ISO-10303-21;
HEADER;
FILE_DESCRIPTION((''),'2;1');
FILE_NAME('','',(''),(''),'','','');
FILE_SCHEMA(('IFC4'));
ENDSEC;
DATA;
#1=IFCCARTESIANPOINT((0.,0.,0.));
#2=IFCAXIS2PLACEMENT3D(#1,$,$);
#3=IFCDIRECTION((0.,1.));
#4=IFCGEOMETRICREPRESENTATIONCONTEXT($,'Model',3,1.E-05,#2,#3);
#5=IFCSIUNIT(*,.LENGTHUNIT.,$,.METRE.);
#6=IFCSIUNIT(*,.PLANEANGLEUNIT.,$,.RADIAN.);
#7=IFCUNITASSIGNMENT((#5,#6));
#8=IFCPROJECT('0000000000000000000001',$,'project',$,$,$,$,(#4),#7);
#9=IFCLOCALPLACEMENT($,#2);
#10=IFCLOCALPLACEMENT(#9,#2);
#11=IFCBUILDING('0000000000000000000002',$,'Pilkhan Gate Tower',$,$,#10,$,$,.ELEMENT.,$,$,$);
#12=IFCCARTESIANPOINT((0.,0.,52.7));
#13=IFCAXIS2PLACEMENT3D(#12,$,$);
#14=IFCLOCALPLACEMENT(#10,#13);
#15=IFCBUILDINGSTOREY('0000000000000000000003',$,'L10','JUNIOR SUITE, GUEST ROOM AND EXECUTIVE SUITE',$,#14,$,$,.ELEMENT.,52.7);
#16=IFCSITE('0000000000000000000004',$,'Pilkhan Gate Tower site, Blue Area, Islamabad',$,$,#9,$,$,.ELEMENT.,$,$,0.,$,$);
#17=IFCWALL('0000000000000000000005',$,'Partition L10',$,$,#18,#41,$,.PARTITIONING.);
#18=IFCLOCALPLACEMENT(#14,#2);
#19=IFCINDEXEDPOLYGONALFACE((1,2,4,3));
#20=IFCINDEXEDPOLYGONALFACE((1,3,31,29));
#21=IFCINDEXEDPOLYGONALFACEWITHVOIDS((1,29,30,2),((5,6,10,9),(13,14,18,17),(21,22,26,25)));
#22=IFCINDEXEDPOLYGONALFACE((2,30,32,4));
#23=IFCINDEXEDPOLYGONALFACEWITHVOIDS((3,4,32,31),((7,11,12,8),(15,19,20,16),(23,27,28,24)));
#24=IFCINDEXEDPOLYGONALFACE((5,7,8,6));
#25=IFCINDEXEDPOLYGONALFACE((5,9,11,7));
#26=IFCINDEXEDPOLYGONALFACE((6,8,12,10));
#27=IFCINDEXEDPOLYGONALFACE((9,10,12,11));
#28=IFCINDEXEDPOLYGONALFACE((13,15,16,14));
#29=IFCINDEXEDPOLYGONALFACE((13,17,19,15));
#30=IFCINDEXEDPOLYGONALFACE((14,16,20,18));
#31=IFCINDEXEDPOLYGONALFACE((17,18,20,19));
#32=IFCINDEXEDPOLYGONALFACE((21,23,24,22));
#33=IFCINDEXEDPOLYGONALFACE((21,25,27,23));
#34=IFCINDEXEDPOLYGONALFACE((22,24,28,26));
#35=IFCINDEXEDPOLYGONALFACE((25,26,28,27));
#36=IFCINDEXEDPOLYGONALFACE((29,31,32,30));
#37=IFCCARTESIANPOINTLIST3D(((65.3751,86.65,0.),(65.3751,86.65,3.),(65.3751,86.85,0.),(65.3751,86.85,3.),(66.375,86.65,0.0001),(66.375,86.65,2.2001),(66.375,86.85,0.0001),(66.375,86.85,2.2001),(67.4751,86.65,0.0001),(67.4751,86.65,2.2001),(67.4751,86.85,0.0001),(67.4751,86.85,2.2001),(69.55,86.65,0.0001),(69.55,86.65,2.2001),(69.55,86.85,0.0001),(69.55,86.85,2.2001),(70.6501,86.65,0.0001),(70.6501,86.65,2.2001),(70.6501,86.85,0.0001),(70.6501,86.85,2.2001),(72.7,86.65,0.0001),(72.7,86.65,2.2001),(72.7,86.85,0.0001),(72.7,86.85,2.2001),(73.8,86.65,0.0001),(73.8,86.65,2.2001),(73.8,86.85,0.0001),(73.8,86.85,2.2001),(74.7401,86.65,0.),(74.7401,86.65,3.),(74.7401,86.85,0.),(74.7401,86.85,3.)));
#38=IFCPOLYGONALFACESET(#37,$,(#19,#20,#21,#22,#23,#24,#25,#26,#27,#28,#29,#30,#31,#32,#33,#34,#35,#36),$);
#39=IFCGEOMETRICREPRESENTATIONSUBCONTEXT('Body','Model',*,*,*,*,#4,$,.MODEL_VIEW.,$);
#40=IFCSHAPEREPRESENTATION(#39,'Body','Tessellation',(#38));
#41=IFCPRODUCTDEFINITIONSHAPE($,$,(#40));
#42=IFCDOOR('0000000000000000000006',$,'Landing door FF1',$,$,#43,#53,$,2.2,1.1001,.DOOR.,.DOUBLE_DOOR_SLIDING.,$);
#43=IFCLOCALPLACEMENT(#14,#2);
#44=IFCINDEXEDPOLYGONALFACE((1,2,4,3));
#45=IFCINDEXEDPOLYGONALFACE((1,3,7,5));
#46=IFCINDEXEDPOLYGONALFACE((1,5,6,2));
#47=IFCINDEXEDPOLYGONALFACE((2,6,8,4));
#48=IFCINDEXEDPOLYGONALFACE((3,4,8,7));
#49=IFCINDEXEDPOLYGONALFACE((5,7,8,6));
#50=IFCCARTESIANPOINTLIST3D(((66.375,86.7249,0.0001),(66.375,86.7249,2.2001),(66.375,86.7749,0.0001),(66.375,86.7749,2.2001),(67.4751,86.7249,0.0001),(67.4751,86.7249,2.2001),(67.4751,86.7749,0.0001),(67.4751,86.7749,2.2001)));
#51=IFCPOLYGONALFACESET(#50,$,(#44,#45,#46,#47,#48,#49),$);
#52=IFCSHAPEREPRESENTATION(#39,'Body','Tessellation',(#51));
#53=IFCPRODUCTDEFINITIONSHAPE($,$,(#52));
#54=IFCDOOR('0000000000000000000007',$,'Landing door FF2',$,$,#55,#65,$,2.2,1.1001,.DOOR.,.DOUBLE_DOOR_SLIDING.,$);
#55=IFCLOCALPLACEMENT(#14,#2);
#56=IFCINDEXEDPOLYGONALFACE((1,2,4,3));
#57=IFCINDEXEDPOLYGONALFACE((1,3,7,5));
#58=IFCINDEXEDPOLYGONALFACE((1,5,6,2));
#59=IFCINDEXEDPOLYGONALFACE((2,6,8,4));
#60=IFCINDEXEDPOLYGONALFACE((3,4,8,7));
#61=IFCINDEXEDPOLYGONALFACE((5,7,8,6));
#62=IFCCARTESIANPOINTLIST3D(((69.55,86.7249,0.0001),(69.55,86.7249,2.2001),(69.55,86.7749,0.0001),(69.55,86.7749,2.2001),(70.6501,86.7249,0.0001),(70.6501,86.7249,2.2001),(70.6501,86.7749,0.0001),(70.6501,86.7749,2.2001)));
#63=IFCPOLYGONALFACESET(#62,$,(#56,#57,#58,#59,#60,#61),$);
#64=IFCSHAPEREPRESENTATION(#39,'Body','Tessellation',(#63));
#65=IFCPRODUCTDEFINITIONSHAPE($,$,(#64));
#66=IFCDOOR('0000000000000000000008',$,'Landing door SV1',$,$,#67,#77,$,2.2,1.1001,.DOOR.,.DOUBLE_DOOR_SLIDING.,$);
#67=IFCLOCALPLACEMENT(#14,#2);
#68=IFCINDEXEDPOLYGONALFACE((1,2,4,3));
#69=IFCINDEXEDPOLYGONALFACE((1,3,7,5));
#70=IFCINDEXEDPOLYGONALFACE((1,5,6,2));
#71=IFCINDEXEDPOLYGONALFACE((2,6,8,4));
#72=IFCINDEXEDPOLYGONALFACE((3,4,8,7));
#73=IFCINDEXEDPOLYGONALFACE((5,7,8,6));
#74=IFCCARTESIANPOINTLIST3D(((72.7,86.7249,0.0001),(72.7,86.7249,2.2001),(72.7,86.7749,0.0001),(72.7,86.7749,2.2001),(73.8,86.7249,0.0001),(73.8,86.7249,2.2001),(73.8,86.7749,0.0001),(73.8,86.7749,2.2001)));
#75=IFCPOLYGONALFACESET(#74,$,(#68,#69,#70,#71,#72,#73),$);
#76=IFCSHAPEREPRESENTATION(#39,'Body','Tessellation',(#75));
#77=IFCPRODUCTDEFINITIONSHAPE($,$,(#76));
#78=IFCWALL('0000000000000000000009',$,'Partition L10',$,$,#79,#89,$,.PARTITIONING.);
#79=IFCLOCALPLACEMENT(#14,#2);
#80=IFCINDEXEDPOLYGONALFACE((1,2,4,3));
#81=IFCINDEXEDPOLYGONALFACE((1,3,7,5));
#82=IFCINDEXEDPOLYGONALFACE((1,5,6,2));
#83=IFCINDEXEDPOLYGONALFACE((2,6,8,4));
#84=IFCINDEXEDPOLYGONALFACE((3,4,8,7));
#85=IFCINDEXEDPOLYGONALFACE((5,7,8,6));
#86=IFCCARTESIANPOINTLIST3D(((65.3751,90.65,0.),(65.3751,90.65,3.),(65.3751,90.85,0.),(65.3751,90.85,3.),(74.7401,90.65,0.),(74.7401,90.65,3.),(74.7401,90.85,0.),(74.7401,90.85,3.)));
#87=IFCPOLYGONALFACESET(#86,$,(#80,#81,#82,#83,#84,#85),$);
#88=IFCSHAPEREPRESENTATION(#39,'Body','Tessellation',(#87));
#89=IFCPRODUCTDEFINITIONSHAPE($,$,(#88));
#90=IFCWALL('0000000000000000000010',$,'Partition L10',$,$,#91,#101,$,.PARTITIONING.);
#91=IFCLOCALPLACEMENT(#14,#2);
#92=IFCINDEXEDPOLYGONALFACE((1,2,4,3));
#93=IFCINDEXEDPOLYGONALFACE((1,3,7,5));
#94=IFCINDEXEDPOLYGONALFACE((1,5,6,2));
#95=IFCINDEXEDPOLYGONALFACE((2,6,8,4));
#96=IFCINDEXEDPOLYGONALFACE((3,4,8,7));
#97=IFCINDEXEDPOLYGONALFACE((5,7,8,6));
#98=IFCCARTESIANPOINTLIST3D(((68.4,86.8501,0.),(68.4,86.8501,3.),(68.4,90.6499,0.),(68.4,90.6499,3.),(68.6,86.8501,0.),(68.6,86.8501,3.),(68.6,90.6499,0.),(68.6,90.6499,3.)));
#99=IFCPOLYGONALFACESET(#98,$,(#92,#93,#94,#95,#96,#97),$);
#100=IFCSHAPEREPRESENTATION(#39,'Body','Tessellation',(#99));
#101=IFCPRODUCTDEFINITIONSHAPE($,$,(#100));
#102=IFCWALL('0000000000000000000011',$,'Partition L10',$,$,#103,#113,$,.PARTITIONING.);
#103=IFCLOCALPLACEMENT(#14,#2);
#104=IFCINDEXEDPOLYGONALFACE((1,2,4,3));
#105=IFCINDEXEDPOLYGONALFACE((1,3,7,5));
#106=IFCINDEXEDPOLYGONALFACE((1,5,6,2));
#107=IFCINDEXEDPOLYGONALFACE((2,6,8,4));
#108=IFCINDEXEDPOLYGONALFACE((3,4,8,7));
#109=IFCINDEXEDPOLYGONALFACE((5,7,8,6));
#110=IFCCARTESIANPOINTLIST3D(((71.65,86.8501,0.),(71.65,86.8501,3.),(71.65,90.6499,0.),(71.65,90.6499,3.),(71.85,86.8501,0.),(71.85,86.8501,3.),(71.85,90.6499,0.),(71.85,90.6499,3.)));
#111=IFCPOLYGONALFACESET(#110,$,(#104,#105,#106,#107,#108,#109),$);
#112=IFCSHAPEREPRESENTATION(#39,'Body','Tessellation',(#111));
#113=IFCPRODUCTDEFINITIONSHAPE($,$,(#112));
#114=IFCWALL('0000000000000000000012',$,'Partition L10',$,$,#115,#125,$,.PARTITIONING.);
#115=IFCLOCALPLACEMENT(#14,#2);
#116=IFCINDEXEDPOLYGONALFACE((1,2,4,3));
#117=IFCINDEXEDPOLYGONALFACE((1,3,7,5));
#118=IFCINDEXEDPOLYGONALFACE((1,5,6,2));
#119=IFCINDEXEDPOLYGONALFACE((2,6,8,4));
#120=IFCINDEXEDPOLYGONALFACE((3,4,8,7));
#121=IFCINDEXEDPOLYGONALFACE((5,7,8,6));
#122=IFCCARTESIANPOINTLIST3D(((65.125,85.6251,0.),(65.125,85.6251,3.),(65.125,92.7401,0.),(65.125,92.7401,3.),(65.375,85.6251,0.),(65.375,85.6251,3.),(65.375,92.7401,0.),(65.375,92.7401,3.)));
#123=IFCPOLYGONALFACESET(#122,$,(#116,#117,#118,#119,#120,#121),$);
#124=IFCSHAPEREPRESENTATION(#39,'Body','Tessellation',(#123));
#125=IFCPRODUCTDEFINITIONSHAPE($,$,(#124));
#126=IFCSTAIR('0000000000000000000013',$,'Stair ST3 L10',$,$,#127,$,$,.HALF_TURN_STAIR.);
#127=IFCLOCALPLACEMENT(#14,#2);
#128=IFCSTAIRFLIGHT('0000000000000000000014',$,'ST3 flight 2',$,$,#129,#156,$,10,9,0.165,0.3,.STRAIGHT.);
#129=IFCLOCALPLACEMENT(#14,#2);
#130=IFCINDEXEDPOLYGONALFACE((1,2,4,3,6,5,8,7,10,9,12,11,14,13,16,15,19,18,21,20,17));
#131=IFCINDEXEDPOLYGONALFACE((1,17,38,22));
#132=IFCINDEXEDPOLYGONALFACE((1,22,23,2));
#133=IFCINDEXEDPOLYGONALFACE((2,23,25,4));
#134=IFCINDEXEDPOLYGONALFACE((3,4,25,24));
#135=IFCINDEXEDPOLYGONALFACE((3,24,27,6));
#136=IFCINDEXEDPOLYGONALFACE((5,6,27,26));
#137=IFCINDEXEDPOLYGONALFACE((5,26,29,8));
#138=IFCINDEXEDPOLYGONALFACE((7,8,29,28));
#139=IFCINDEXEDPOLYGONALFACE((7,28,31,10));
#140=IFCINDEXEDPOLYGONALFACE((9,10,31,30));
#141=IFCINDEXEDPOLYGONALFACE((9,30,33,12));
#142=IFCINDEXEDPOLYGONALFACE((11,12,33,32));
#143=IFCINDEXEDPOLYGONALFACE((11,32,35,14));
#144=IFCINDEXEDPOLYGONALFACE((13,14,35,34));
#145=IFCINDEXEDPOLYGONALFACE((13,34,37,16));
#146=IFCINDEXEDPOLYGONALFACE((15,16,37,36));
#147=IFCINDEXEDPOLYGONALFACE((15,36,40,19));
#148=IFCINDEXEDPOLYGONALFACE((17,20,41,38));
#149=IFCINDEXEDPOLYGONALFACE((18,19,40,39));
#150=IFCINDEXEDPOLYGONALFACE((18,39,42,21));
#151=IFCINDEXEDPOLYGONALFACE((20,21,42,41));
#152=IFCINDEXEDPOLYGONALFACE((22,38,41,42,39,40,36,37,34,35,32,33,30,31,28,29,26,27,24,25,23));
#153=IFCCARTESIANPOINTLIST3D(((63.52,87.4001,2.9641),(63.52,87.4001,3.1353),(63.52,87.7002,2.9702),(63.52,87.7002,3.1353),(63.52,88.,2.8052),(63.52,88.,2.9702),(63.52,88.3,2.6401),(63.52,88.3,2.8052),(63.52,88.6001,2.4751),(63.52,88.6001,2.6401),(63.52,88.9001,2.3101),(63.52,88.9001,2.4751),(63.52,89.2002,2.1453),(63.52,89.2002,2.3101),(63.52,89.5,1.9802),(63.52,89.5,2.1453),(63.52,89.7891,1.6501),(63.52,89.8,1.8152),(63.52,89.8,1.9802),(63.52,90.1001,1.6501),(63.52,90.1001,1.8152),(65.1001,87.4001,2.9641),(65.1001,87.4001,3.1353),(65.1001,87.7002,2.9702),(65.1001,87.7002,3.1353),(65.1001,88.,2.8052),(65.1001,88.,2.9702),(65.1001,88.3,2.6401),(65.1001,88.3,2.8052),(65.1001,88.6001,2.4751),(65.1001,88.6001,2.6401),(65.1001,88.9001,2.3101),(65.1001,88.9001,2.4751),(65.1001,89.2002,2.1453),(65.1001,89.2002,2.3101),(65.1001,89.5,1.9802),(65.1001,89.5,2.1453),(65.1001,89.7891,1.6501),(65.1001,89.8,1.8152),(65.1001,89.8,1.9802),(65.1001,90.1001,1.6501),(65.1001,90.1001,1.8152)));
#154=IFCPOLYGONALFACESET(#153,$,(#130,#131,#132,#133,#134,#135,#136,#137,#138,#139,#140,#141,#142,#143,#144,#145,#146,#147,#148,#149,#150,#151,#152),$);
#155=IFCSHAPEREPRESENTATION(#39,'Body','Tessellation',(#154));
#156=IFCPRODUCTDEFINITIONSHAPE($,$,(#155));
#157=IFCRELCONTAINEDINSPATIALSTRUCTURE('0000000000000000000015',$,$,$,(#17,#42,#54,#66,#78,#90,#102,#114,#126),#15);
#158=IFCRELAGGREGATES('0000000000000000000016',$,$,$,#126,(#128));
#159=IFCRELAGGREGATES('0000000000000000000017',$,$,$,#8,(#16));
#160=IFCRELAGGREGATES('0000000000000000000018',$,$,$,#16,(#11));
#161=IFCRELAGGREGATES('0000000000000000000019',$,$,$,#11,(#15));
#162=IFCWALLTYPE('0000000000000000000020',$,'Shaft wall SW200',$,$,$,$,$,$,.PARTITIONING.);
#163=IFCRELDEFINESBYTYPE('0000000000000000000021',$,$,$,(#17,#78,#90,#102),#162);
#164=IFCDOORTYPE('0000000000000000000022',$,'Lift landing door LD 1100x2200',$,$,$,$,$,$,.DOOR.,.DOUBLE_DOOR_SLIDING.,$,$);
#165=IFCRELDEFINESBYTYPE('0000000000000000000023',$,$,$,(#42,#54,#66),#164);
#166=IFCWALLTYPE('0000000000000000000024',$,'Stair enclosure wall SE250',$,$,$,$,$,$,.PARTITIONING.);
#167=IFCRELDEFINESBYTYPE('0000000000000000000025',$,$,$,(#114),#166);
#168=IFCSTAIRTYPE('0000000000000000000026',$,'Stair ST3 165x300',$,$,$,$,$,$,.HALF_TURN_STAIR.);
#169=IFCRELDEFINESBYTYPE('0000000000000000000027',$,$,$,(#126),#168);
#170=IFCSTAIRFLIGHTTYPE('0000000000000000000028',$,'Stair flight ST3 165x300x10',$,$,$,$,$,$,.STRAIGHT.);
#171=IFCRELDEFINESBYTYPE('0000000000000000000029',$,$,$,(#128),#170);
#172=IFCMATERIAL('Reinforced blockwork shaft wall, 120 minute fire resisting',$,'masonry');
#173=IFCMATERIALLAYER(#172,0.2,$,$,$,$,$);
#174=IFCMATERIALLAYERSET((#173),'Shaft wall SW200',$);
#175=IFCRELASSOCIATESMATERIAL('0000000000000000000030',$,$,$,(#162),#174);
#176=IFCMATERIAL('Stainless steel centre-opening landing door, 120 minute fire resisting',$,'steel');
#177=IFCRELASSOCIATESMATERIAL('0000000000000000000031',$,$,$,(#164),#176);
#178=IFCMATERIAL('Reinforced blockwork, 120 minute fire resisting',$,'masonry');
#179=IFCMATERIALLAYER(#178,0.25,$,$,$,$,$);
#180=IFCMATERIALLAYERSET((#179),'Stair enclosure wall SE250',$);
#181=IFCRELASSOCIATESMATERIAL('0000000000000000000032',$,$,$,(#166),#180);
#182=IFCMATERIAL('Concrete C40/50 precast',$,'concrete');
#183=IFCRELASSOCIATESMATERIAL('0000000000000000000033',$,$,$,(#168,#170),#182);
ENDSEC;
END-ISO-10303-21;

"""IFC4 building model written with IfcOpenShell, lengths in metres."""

from ifc_helpers import new_model, si_unit, direction, frame, frame_2d, origin, place, context, subcontext, project, spatial, polyline, rectangle, outline, extrude, material, layer, layer_set, type_object, element, fill, aggregate, save


model = new_model("IFC4")

# Units and contexts
model_context = context("Model", 3, precision=1e-05, world=origin(), true_north=direction((0.0, 1.0)))
body_context = subcontext(model_context, "Body", "Model", "MODEL_VIEW")
ifc_project = project(units=[si_unit("LENGTHUNIT", "METRE"), si_unit("PLANEANGLEUNIT", "RADIAN")], contexts=[model_context])

# Site, building, storey
site_placement = place(None, origin())
site = spatial("IfcSite", under=ifc_project, at=site_placement, Name="Pilkhan Gate Tower site, Blue Area, Islamabad", CompositionType="ELEMENT", RefElevation=0.0)
building_placement = place(site_placement, origin())
building = spatial("IfcBuilding", under=site, at=building_placement, Name="Pilkhan Gate Tower", CompositionType="ELEMENT")
storey_placement = place(building_placement, frame((0.0, 0.0, 52.7)))
storey = spatial("IfcBuildingStorey", under=building, at=storey_placement, Name="L10", Description="JUNIOR SUITE, GUEST ROOM AND EXECUTIVE SUITE", CompositionType="ELEMENT", Elevation=52.7)

# Wall, openings, doors
ifc_material_1 = material(Name="Reinforced blockwork shaft wall, 120 minute fire resisting", Category="masonry")
ifc_layer_1 = layer(ifc_material_1, 0.2)
ifc_layer_set_1 = layer_set([ifc_layer_1], Name="Shaft wall SW200")
wall_type_1 = type_object("IfcWallType", Name="Shaft wall SW200", PredefinedType="PARTITIONING", material=ifc_layer_set_1)
wall_1_placement = place(storey_placement, frame((65.375, 86.75, 0.0), z_axis=(0.0, 0.0, 1.0), x_axis=(1.0, 0.0, 0.0)))
wall_1 = element("IfcWall", 1, at=wall_1_placement, inside=storey, type_object=wall_type_1, Name="Partition L10", PredefinedType="PARTITIONING", context=body_context, shape_type="SweptSolid", body=[
    extrude(rectangle(XDim=9.365, YDim=0.2, at=frame_2d((4.6826, 0.0))), origin(), (0.0, 0.0, 1.0), 3.0),
])
opening_1_placement = place(wall_1_placement, frame((1.0, 0.0, 0.0)))
opening_1 = element("IfcOpeningElement", 2, at=opening_1_placement, cuts=wall_1, PredefinedType="OPENING", context=body_context, shape_type="SweptSolid", body=[
    extrude(rectangle(XDim=1.1001, YDim=2.2, at=frame_2d((0.55, 1.1001))), frame((0.0, 0.1099, 0.0), z_axis=(0.0, -1.0, 0.0), x_axis=(1.0, 0.0, 0.0)), (0.0, 0.0, 1.0), 0.22),
])
opening_2_placement = place(wall_1_placement, frame((4.175, 0.0, 0.0)))
opening_2 = element("IfcOpeningElement", 3, at=opening_2_placement, cuts=wall_1, PredefinedType="OPENING", context=body_context, shape_type="SweptSolid", body=[
    extrude(rectangle(XDim=1.1001, YDim=2.2, at=frame_2d((0.55, 1.1001))), frame((0.0, 0.1099, 0.0), z_axis=(0.0, -1.0, 0.0), x_axis=(1.0, 0.0, 0.0)), (0.0, 0.0, 1.0), 0.22),
])
opening_3_placement = place(wall_1_placement, frame((7.325, 0.0, 0.0)))
opening_3 = element("IfcOpeningElement", 4, at=opening_3_placement, cuts=wall_1, PredefinedType="OPENING", context=body_context, shape_type="SweptSolid", body=[
    extrude(rectangle(XDim=1.1001, YDim=2.2, at=frame_2d((0.55, 1.1001))), frame((0.0, 0.1099, 0.0), z_axis=(0.0, -1.0, 0.0), x_axis=(1.0, 0.0, 0.0)), (0.0, 0.0, 1.0), 0.22),
])
ifc_material_2 = material(Name="Stainless steel centre-opening landing door, 120 minute fire resisting", Category="steel")
door_type = type_object("IfcDoorType", Name="Lift landing door LD 1100x2200", OperationType="DOUBLE_DOOR_SLIDING", PredefinedType="DOOR", material=ifc_material_2)
door_1_placement = place(opening_1_placement, origin())
door_1 = element("IfcDoor", 5, at=door_1_placement, inside=storey, type_object=door_type, Name="Landing door FF1", OperationType="DOUBLE_DOOR_SLIDING", OverallHeight=2.2, OverallWidth=1.1001, PredefinedType="DOOR", context=body_context, shape_type="SweptSolid", body=[
    extrude(rectangle(XDim=1.1001, YDim=2.2, at=frame_2d((0.55, 1.1001))), frame((0.0, 0.0249, 0.0), z_axis=(0.0, -1.0, 0.0), x_axis=(1.0, 0.0, 0.0)), (0.0, 0.0, 1.0), 0.05),
])
fill(opening_1, door_1)
door_2_placement = place(opening_2_placement, origin())
door_2 = element("IfcDoor", 6, at=door_2_placement, inside=storey, type_object=door_type, Name="Landing door FF2", OperationType="DOUBLE_DOOR_SLIDING", OverallHeight=2.2, OverallWidth=1.1001, PredefinedType="DOOR", context=body_context, shape_type="SweptSolid", body=[
    extrude(rectangle(XDim=1.1001, YDim=2.2, at=frame_2d((0.55, 1.1001))), frame((0.0, 0.0249, 0.0), z_axis=(0.0, -1.0, 0.0), x_axis=(1.0, 0.0, 0.0)), (0.0, 0.0, 1.0), 0.05),
])
fill(opening_2, door_2)
door_3_placement = place(opening_3_placement, origin())
door_3 = element("IfcDoor", 7, at=door_3_placement, inside=storey, type_object=door_type, Name="Landing door SV1", OperationType="DOUBLE_DOOR_SLIDING", OverallHeight=2.2, OverallWidth=1.1001, PredefinedType="DOOR", context=body_context, shape_type="SweptSolid", body=[
    extrude(rectangle(XDim=1.1001, YDim=2.2, at=frame_2d((0.55, 1.1001))), frame((0.0, 0.0249, 0.0), z_axis=(0.0, -1.0, 0.0), x_axis=(1.0, 0.0, 0.0)), (0.0, 0.0, 1.0), 0.05),
])
fill(opening_3, door_3)

# Walls
wall_2_placement = place(storey_placement, frame((65.375, 90.75, 0.0), z_axis=(0.0, 0.0, 1.0), x_axis=(1.0, 0.0, 0.0)))
element("IfcWall", 8, at=wall_2_placement, inside=storey, type_object=wall_type_1, Name="Partition L10", PredefinedType="PARTITIONING", context=body_context, shape_type="SweptSolid", body=[
    extrude(rectangle(XDim=9.365, YDim=0.2, at=frame_2d((4.6826, 0.0))), origin(), (0.0, 0.0, 1.0), 3.0),
])
for number, where, z_axis, x_axis, name in (
    (9, (68.5, 86.8501, 0.0), (0.0, 0.0, 1.0), (0.0, 1.0, 0.0), "Partition L10"),
    (10, (71.75, 86.8501, 0.0), (0.0, 0.0, 1.0), (0.0, 1.0, 0.0), "Partition L10"),
):
    element("IfcWall", number, at=place(storey_placement, frame(where, z_axis=z_axis, x_axis=x_axis)), inside=storey, type_object=wall_type_1, Name=name, PredefinedType="PARTITIONING", context=body_context, shape_type="SweptSolid", body=[
        extrude(rectangle(XDim=3.7998, YDim=0.2, at=frame_2d((1.8999, 0.0))), origin(), (0.0, 0.0, 1.0), 3.0),
    ])
ifc_material_3 = material(Name="Reinforced blockwork, 120 minute fire resisting", Category="masonry")
ifc_layer_2 = layer(ifc_material_3, 0.25)
ifc_layer_set_2 = layer_set([ifc_layer_2], Name="Stair enclosure wall SE250")
wall_type_2 = type_object("IfcWallType", Name="Stair enclosure wall SE250", PredefinedType="PARTITIONING", material=ifc_layer_set_2)
wall_3_placement = place(storey_placement, frame((65.25, 85.625, 0.0), z_axis=(0.0, 0.0, 1.0), x_axis=(0.0, 1.0, 0.0)))
element("IfcWall", 11, at=wall_3_placement, inside=storey, type_object=wall_type_2, Name="Partition L10", PredefinedType="PARTITIONING", context=body_context, shape_type="SweptSolid", body=[
    extrude(rectangle(XDim=7.115, YDim=0.25, at=frame_2d((3.5576, 0.0))), origin(), (0.0, 0.0, 1.0), 3.0),
])

# Stair, stair flight
ifc_material_4 = material(Name="Concrete C40/50 precast", Category="concrete")
stair_type = type_object("IfcStairType", Name="Stair ST3 165x300", PredefinedType="HALF_TURN_STAIR", material=ifc_material_4)
stair_placement = place(storey_placement, origin())
stair = element("IfcStair", 12, at=stair_placement, inside=storey, type_object=stair_type, Name="Stair ST3 L10", PredefinedType="HALF_TURN_STAIR")
stair_flight_type = type_object("IfcStairFlightType", Name="Stair flight ST3 165x300x10", PredefinedType="STRAIGHT", material=ifc_material_4)
stair_flight_placement = place(storey_placement, frame((64.3101, 90.1001, 1.6501), z_axis=(0.0, 0.0, 1.0), x_axis=(0.0, -1.0, 0.0)))
stair_flight = element("IfcStairFlight", 13, at=stair_flight_placement, type_object=stair_flight_type, Name="ST3 flight 2", NumberOfRisers=10, NumberOfTreads=9, PredefinedType="STRAIGHT", RiserHeight=0.165, TreadLength=0.3, context=body_context, shape_type="SweptSolid", body=[
    extrude(outline(polyline([(0.0, 0.0), (0.0, 0.165), (0.3, 0.165), (0.3, 0.3301), (0.6001, 0.3301), (0.6001, 0.4951), (0.8999, 0.4951), (0.8999, 0.6599), (1.2, 0.6599), (1.2, 0.825), (1.5, 0.825), (1.5, 0.99), (1.8, 0.99), (1.8, 1.155), (2.1001, 1.155), (2.1001, 1.3201), (2.3999, 1.3201), (2.3999, 1.4851), (2.7, 1.4851), (2.7, 1.6499), (2.7, 1.314), (0.311, 0.0), (0.0, 0.0)])), frame((0.0, 0.79, 0.0), z_axis=(0.0, -1.0, 0.0), x_axis=(1.0, 0.0, 0.0)), (0.0, 0.0, 1.0), 1.5801),
])
aggregate(stair, [stair_flight])

save(model, "model.ifc")
